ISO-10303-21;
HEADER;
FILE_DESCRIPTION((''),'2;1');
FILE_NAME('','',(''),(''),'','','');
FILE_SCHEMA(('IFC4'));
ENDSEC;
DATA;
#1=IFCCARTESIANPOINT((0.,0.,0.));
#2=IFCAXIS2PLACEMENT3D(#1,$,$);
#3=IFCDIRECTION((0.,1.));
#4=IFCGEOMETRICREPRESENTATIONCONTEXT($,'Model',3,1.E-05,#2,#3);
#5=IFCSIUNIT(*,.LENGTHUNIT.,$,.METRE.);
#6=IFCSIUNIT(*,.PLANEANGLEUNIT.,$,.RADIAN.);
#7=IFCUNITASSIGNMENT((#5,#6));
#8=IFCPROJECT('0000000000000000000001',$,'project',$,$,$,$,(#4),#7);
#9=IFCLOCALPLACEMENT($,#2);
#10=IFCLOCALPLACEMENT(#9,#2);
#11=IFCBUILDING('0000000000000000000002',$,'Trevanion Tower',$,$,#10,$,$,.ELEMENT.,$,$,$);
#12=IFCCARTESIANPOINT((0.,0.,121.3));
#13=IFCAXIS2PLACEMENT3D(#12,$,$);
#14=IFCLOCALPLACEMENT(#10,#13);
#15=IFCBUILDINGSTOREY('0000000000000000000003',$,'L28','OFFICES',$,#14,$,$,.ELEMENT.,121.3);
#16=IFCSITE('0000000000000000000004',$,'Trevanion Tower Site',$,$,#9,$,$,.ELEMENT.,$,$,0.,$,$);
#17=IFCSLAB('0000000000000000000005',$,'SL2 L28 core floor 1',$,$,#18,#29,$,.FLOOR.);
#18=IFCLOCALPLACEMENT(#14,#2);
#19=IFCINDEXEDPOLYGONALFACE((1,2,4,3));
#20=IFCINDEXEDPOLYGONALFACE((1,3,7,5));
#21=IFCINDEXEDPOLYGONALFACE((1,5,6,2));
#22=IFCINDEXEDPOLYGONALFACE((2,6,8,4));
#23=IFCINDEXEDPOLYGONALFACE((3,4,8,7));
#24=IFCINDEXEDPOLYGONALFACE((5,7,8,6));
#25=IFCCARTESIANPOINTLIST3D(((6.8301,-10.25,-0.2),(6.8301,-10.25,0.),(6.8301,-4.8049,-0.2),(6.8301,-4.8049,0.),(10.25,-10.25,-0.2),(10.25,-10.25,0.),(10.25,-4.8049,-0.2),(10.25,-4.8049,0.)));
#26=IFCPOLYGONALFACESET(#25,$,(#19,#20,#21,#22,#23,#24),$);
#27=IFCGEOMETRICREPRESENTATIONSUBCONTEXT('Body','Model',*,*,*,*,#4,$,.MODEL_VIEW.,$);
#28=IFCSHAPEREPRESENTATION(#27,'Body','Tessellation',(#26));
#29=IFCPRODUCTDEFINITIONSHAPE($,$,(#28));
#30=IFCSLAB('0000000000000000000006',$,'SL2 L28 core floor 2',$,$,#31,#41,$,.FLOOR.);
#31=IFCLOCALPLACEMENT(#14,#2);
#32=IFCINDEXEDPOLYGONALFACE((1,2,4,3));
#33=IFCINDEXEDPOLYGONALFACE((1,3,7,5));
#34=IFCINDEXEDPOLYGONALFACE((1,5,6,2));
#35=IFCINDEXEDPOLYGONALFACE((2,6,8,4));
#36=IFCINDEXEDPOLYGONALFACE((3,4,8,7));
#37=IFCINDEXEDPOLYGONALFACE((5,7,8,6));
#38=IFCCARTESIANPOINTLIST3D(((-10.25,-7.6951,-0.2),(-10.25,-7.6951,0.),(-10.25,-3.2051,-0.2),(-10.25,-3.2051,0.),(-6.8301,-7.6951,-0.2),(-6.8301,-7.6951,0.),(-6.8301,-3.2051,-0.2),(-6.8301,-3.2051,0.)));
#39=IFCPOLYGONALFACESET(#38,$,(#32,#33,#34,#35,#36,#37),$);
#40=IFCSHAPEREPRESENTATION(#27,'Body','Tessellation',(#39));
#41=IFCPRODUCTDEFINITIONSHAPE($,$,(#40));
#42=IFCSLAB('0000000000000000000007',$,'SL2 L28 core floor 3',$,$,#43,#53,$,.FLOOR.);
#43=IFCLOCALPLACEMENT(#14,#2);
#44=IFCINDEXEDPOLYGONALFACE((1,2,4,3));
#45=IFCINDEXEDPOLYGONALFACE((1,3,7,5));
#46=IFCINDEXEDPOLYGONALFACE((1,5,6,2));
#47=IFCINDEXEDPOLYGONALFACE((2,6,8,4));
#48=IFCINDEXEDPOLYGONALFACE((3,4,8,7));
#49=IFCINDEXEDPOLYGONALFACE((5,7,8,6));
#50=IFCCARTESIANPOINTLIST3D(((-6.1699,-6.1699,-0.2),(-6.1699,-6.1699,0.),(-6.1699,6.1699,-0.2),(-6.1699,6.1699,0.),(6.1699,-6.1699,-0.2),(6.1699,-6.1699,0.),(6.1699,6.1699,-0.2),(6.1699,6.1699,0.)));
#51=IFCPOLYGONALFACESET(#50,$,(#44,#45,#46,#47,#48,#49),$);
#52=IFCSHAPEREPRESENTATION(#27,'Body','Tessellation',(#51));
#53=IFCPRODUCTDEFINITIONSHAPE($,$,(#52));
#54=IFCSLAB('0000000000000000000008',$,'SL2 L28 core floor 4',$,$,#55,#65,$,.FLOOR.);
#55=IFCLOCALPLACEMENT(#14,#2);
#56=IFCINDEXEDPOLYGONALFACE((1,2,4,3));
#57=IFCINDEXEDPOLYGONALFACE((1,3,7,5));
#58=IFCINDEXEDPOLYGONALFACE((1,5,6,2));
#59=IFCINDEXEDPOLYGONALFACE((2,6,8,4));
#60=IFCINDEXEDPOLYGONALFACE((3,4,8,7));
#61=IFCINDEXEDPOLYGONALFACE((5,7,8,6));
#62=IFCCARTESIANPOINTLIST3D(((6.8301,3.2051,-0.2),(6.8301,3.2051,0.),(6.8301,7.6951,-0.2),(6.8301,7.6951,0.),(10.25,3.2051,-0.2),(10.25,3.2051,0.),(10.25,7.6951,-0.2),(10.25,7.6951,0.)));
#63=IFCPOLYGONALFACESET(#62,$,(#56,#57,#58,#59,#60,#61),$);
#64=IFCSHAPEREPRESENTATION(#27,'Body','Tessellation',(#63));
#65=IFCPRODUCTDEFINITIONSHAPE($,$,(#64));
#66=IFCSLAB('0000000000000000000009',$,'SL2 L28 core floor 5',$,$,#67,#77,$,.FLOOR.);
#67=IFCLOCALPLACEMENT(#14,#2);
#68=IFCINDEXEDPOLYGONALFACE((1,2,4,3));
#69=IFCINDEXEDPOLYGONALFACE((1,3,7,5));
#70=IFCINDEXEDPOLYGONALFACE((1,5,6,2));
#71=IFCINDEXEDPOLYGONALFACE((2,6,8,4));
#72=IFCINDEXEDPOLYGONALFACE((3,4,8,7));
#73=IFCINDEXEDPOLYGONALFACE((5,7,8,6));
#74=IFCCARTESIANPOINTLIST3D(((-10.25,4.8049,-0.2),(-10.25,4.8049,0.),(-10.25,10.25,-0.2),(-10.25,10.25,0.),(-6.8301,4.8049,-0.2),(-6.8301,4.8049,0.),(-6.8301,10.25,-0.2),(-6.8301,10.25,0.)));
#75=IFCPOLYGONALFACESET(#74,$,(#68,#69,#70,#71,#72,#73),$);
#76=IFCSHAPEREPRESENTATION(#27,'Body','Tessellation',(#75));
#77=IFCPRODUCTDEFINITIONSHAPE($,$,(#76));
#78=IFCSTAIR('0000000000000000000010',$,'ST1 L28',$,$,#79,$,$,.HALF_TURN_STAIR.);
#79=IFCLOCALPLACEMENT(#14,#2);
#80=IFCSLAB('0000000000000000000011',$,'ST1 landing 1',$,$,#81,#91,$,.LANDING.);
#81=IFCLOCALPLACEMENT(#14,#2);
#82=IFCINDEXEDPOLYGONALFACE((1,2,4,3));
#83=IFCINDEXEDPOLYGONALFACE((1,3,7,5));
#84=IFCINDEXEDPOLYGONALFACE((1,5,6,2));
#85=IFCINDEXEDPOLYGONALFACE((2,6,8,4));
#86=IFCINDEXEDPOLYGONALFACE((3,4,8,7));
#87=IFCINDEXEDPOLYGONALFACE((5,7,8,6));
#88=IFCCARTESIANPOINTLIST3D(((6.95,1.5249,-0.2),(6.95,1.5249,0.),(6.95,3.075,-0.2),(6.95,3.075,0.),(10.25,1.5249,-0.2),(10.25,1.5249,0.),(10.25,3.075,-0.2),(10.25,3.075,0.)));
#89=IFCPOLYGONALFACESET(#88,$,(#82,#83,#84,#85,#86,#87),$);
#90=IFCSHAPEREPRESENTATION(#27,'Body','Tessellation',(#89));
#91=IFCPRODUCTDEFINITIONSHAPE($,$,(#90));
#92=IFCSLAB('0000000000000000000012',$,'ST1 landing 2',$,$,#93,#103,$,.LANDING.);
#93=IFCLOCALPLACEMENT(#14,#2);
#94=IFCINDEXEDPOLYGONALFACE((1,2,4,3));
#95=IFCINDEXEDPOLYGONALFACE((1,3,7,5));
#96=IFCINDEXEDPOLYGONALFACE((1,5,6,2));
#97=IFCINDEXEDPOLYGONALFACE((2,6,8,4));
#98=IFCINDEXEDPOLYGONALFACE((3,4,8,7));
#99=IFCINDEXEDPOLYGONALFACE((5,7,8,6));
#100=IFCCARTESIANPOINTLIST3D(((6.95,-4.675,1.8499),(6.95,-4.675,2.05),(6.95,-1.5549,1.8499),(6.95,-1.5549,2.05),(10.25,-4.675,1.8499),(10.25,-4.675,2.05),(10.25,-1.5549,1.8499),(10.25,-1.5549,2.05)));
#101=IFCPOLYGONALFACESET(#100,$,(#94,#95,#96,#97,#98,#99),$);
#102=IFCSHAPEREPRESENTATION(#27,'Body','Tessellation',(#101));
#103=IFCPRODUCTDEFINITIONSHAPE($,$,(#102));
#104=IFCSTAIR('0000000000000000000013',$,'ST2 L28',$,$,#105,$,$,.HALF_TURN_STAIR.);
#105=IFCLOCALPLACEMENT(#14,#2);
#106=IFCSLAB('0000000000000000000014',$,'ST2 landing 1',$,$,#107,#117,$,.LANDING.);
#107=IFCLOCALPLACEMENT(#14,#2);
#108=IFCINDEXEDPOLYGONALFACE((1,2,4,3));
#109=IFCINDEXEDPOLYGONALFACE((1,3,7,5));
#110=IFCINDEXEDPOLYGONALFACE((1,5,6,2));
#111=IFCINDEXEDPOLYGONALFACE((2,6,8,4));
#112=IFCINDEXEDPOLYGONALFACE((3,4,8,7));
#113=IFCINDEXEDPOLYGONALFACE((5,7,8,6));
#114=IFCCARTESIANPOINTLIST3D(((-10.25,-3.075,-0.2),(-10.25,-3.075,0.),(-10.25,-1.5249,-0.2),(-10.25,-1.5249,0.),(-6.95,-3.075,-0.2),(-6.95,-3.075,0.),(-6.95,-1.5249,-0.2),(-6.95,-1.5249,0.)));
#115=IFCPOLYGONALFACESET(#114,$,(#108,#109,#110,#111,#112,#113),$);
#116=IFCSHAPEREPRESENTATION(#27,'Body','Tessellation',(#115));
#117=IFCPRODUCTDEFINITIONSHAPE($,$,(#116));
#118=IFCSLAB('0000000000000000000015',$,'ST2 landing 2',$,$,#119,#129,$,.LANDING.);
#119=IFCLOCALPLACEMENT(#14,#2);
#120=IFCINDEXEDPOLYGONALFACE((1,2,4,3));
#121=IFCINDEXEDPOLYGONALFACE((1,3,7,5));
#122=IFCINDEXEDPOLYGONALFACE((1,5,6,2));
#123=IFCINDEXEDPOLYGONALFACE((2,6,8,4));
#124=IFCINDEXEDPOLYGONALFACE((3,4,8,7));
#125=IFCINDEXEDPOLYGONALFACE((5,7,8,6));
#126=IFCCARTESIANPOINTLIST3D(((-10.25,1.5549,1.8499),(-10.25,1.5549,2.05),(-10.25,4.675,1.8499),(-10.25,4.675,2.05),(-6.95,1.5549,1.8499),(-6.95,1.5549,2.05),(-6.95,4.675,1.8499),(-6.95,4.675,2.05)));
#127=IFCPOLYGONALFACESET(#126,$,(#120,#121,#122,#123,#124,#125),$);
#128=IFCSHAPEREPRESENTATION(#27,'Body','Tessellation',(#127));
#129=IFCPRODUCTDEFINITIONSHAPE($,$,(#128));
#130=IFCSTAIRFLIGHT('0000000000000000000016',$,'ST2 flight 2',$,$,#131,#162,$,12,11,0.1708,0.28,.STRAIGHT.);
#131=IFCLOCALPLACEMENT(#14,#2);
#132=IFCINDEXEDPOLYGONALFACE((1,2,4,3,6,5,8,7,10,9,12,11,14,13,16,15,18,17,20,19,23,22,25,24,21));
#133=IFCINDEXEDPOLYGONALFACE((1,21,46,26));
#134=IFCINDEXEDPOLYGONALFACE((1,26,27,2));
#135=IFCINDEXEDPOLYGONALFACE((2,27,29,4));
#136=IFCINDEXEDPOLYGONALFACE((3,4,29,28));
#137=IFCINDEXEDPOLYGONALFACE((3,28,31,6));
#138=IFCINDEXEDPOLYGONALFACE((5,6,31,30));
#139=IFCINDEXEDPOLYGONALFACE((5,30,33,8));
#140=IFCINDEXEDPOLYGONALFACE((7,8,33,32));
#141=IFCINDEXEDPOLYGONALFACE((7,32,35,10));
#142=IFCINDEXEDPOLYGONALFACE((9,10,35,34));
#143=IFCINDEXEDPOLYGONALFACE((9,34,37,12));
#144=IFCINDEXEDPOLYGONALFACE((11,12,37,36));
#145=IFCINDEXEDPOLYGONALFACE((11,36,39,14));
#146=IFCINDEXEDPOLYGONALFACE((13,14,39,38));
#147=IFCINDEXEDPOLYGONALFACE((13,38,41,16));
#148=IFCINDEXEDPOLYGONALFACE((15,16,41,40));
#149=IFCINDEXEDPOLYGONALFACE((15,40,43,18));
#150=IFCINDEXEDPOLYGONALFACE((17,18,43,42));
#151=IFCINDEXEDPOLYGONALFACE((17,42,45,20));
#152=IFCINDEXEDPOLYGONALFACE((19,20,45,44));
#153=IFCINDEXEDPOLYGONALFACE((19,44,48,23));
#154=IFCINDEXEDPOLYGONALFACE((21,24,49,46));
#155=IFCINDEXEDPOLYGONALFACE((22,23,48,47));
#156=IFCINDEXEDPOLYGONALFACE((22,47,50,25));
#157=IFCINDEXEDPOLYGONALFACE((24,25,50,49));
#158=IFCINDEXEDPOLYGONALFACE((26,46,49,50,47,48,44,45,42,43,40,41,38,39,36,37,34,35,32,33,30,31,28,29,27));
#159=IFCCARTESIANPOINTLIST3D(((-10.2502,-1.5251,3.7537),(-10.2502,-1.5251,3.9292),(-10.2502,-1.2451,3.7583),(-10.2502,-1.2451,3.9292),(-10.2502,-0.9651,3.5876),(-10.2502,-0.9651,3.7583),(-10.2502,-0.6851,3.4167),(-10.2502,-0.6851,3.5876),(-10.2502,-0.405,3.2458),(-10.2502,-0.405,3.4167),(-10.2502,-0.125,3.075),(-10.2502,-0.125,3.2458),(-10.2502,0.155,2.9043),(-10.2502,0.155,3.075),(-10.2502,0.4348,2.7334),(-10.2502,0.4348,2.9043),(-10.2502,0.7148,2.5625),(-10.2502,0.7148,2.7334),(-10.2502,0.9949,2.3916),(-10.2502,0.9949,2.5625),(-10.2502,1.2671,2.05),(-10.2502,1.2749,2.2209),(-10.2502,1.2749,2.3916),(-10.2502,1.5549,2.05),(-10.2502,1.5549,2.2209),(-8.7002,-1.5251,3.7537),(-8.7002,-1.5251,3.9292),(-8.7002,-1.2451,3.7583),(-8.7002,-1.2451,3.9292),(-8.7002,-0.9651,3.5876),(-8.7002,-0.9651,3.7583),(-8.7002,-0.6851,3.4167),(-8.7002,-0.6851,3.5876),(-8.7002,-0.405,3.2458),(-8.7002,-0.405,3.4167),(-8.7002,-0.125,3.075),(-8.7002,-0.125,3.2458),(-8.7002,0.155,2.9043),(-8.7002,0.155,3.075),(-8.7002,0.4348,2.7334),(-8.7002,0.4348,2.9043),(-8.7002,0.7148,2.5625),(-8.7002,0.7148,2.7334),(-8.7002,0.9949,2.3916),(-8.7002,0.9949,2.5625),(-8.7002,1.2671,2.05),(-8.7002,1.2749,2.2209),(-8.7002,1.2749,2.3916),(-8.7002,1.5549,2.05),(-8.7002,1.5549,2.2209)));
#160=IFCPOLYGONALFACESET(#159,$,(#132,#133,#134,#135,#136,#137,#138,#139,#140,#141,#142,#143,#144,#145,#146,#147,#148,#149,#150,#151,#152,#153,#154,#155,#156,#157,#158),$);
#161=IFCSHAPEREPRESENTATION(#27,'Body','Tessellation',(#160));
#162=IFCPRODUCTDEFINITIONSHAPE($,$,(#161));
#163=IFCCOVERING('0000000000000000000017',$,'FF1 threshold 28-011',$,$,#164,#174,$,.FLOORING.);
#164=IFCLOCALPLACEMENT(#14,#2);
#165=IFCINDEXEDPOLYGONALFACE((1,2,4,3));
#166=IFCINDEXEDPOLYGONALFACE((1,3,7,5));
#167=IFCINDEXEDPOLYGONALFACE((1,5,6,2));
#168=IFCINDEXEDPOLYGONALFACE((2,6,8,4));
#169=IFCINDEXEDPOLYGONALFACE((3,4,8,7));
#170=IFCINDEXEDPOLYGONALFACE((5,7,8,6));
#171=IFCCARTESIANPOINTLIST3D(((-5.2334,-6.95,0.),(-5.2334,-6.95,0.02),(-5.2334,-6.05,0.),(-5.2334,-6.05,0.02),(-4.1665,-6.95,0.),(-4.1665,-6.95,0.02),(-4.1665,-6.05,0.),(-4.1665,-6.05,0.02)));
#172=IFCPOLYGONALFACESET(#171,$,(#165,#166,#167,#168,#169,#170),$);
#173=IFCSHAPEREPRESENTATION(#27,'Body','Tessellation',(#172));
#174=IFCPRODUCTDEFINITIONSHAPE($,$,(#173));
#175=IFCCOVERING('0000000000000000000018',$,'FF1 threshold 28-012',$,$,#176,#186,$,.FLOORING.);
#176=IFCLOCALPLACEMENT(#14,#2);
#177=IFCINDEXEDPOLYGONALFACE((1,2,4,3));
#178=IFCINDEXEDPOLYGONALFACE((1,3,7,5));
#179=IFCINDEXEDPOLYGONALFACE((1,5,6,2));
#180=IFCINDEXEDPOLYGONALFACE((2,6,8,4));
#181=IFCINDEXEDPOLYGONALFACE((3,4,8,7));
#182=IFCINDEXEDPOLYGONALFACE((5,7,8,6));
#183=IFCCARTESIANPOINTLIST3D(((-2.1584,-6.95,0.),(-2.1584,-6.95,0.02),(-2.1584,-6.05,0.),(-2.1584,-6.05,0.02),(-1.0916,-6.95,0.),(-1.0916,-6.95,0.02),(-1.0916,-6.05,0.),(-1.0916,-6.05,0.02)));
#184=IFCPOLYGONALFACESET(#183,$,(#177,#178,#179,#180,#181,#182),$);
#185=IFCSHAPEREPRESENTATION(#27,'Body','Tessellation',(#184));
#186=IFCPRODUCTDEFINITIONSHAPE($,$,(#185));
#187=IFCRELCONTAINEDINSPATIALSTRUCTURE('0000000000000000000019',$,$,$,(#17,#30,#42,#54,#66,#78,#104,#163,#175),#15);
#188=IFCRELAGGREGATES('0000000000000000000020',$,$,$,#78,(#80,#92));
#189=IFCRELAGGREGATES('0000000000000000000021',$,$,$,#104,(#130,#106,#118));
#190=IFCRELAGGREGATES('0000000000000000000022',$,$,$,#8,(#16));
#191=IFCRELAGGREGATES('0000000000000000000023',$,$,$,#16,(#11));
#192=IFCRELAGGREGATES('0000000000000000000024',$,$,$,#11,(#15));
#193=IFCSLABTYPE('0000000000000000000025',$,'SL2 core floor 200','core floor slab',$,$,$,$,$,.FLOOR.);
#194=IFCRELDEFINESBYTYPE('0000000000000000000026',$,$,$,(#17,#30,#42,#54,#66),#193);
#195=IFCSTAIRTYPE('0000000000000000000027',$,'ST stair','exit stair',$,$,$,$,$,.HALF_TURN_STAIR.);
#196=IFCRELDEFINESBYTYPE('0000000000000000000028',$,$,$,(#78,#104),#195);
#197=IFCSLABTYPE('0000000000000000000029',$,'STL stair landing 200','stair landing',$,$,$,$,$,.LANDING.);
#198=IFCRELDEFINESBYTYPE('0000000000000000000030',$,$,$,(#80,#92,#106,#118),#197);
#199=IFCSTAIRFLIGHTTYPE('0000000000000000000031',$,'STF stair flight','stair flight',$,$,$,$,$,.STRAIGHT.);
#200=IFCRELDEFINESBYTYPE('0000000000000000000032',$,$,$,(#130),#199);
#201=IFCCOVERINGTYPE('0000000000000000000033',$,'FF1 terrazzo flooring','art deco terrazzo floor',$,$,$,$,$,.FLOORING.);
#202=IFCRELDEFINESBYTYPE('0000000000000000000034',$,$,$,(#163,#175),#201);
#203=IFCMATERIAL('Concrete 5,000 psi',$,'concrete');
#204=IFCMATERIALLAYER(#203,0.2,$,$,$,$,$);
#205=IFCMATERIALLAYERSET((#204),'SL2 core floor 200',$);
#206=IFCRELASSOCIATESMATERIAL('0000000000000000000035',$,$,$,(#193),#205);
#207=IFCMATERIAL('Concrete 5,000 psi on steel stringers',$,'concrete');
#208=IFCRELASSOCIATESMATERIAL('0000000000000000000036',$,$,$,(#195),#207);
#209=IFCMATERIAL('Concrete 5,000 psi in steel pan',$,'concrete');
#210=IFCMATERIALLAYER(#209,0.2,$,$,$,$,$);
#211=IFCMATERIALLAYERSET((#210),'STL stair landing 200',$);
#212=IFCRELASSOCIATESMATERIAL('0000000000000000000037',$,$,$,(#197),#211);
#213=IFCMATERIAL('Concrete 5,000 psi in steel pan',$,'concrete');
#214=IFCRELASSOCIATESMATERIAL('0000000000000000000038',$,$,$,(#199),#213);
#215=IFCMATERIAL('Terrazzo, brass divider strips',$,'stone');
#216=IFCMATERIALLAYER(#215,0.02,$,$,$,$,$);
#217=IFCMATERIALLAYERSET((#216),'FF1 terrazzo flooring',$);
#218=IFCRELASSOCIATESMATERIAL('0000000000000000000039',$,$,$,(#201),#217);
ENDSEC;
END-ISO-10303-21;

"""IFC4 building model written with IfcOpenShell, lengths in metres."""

from ifc_helpers import new_model, si_unit, direction, frame, origin, place, context, subcontext, project, spatial, polyline, outline, extrude, material, layer, layer_set, type_object, element, aggregate, save


model = new_model("IFC4")

# Units and contexts
model_context = context("Model", 3, precision=1e-05, world=origin(), true_north=direction((0.0, 1.0)))
body_context = subcontext(model_context, "Body", "Model", "MODEL_VIEW")
ifc_project = project(units=[si_unit("LENGTHUNIT", "METRE"), si_unit("PLANEANGLEUNIT", "RADIAN")], contexts=[model_context])

# Site, building, storey
site_placement = place(None, origin())
site = spatial("IfcSite", under=ifc_project, at=site_placement, Name="Trevanion Tower Site", CompositionType="ELEMENT", RefElevation=0.0)
building_placement = place(site_placement, origin())
building = spatial("IfcBuilding", under=site, at=building_placement, Name="Trevanion Tower", CompositionType="ELEMENT")
storey_placement = place(building_placement, frame((0.0, 0.0, 121.3)))
storey = spatial("IfcBuildingStorey", under=building, at=storey_placement, Name="L28", Description="OFFICES", CompositionType="ELEMENT", Elevation=121.3)

# Slabs
ifc_material_1 = material(Name="Concrete 5,000 psi", Category="concrete")
ifc_layer_1 = layer(ifc_material_1, 0.2)
ifc_layer_set_1 = layer_set([ifc_layer_1], Name="SL2 core floor 200")
slab_type_1 = type_object("IfcSlabType", Name="SL2 core floor 200", Description="core floor slab", PredefinedType="FLOOR", material=ifc_layer_set_1)
slab_1_placement = place(storey_placement, frame((0.0, 0.0, -0.2)))
element("IfcSlab", 1, at=slab_1_placement, inside=storey, type_object=slab_type_1, Name="SL2 L28 core floor 1", PredefinedType="FLOOR", context=body_context, shape_type="SweptSolid", body=[
    extrude(outline(polyline([(10.25, -4.8049), (10.25, -10.25), (6.8301, -10.25), (6.8301, -4.8049), (10.25, -4.8049)])), origin(), (0.0, 0.0, 1.0), 0.2),
])
slab_2_placement = place(storey_placement, frame((0.0, 0.0, -0.2)))
element("IfcSlab", 2, at=slab_2_placement, inside=storey, type_object=slab_type_1, Name="SL2 L28 core floor 2", PredefinedType="FLOOR", context=body_context, shape_type="SweptSolid", body=[
    extrude(outline(polyline([(-6.8301, -3.2051), (-6.8301, -7.6951), (-10.25, -7.6951), (-10.25, -3.2051), (-6.8301, -3.2051)])), origin(), (0.0, 0.0, 1.0), 0.2),
])
slab_3_placement = place(storey_placement, frame((0.0, 0.0, -0.2)))
element("IfcSlab", 3, at=slab_3_placement, inside=storey, type_object=slab_type_1, Name="SL2 L28 core floor 3", PredefinedType="FLOOR", context=body_context, shape_type="SweptSolid", body=[
    extrude(outline(polyline([(6.1699, -6.1699), (-6.1699, -6.1699), (-6.1699, 6.1699), (6.1699, 6.1699), (6.1699, -6.1699)])), origin(), (0.0, 0.0, 1.0), 0.2),
])
slab_4_placement = place(storey_placement, frame((0.0, 0.0, -0.2)))
element("IfcSlab", 4, at=slab_4_placement, inside=storey, type_object=slab_type_1, Name="SL2 L28 core floor 4", PredefinedType="FLOOR", context=body_context, shape_type="SweptSolid", body=[
    extrude(outline(polyline([(6.8301, 3.2051), (6.8301, 7.6951), (10.25, 7.6951), (10.25, 3.2051), (6.8301, 3.2051)])), origin(), (0.0, 0.0, 1.0), 0.2),
])
slab_5_placement = place(storey_placement, frame((0.0, 0.0, -0.2)))
element("IfcSlab", 5, at=slab_5_placement, inside=storey, type_object=slab_type_1, Name="SL2 L28 core floor 5", PredefinedType="FLOOR", context=body_context, shape_type="SweptSolid", body=[
    extrude(outline(polyline([(-6.8301, 4.8049), (-10.25, 4.8049), (-10.25, 10.25), (-6.8301, 10.25), (-6.8301, 4.8049)])), origin(), (0.0, 0.0, 1.0), 0.2),
])

# Stair, slabs
ifc_material_2 = material(Name="Concrete 5,000 psi on steel stringers", Category="concrete")
stair_type = type_object("IfcStairType", Name="ST stair", Description="exit stair", PredefinedType="HALF_TURN_STAIR", material=ifc_material_2)
stair_1_placement = place(storey_placement, origin())
stair_1 = element("IfcStair", 6, at=stair_1_placement, inside=storey, type_object=stair_type, Name="ST1 L28", PredefinedType="HALF_TURN_STAIR")
ifc_material_3 = material(Name="Concrete 5,000 psi in steel pan", Category="concrete")
ifc_layer_2 = layer(ifc_material_3, 0.2)
ifc_layer_set_2 = layer_set([ifc_layer_2], Name="STL stair landing 200")
slab_type_2 = type_object("IfcSlabType", Name="STL stair landing 200", Description="stair landing", PredefinedType="LANDING", material=ifc_layer_set_2)
slab_6_placement = place(storey_placement, frame((0.0, 0.0, -0.2)))
slab_6 = element("IfcSlab", 7, at=slab_6_placement, type_object=slab_type_2, Name="ST1 landing 1", PredefinedType="LANDING", context=body_context, shape_type="SweptSolid", body=[
    extrude(outline(polyline([(6.95, 1.5249), (10.25, 1.5249), (10.25, 3.075), (6.95, 3.075), (6.95, 1.5249)])), origin(), (0.0, 0.0, 1.0), 0.2),
])
slab_7_placement = place(storey_placement, frame((0.0, 0.0, 1.8499)))
slab_7 = element("IfcSlab", 8, at=slab_7_placement, type_object=slab_type_2, Name="ST1 landing 2", PredefinedType="LANDING", context=body_context, shape_type="SweptSolid", body=[
    extrude(outline(polyline([(6.95, -4.675), (10.25, -4.675), (10.25, -1.5549), (6.95, -1.5549), (6.95, -4.675)])), origin(), (0.0, 0.0, 1.0), 0.2002),
])
aggregate(stair_1, [slab_6, slab_7])

# Stair, slabs, stair flight
stair_2_placement = place(storey_placement, origin())
stair_2 = element("IfcStair", 9, at=stair_2_placement, inside=storey, type_object=stair_type, Name="ST2 L28", PredefinedType="HALF_TURN_STAIR")
slab_8_placement = place(storey_placement, frame((0.0, 0.0, -0.2)))
slab_8 = element("IfcSlab", 10, at=slab_8_placement, type_object=slab_type_2, Name="ST2 landing 1", PredefinedType="LANDING", context=body_context, shape_type="SweptSolid", body=[
    extrude(outline(polyline([(-6.95, -1.5249), (-10.25, -1.5249), (-10.25, -3.075), (-6.95, -3.075), (-6.95, -1.5249)])), origin(), (0.0, 0.0, 1.0), 0.2),
])
slab_9_placement = place(storey_placement, frame((0.0, 0.0, 1.8499)))
slab_9 = element("IfcSlab", 11, at=slab_9_placement, type_object=slab_type_2, Name="ST2 landing 2", PredefinedType="LANDING", context=body_context, shape_type="SweptSolid", body=[
    extrude(outline(polyline([(-6.95, 4.675), (-10.25, 4.675), (-10.25, 1.5549), (-6.95, 1.5549), (-6.95, 4.675)])), origin(), (0.0, 0.0, 1.0), 0.2002),
])
ifc_material_4 = material(Name="Concrete 5,000 psi in steel pan", Category="concrete")
stair_flight_type = type_object("IfcStairFlightType", Name="STF stair flight", Description="stair flight", PredefinedType="STRAIGHT", material=ifc_material_4)
stair_flight_placement = place(storey_placement, frame((-9.4751, 1.5549, 2.05), z_axis=(0.0, 0.0, 1.0), x_axis=(0.0, -1.0, 0.0)))
stair_flight = element("IfcStairFlight", 12, at=stair_flight_placement, type_object=stair_flight_type, Name="ST2 flight 2", NumberOfRisers=12, NumberOfTreads=11, PredefinedType="STRAIGHT", RiserHeight=0.1708, TreadLength=0.28, context=body_context, shape_type="SweptSolid", body=[
    extrude(outline(polyline([(0.0, 0.0), (0.0, 0.1709), (0.28, 0.1709), (0.28, 0.3416), (0.5601, 0.3416), (0.5601, 0.5125), (0.8401, 0.5125), (0.8401, 0.6833), (1.1201, 0.6833), (1.1201, 0.8542), (1.3999, 0.8542), (1.3999, 1.0249), (1.6799, 1.0249), (1.6799, 1.1958), (1.96, 1.1958), (1.96, 1.3667), (2.24, 1.3667), (2.24, 1.5376), (2.52, 1.5376), (2.52, 1.7083), (2.8, 1.7083), (2.8, 1.8792), (3.0801, 1.8792), (3.0801, 2.05), (3.0801, 1.7036), (0.2878, 0.0), (0.0, 0.0)])), frame((0.0, 0.7749, 0.0), z_axis=(0.0, -1.0, 0.0), x_axis=(1.0, 0.0, 0.0)), (0.0, 0.0, 1.0), 1.55),
])
aggregate(stair_2, [stair_flight, slab_8, slab_9])

# Coverings
ifc_material_5 = material(Name="Terrazzo, brass divider strips", Category="stone")
ifc_layer_3 = layer(ifc_material_5, 0.02)
ifc_layer_set_3 = layer_set([ifc_layer_3], Name="FF1 terrazzo flooring")
covering_type = type_object("IfcCoveringType", Name="FF1 terrazzo flooring", Description="art deco terrazzo floor", PredefinedType="FLOORING", material=ifc_layer_set_3)
covering_1_placement = place(storey_placement, origin())
element("IfcCovering", 13, at=covering_1_placement, inside=storey, type_object=covering_type, Name="FF1 threshold 28-011", PredefinedType="FLOORING", context=body_context, shape_type="SweptSolid", body=[
    extrude(outline(polyline([(-5.2334, -6.95), (-4.1665, -6.95), (-4.1665, -6.05), (-5.2334, -6.05), (-5.2334, -6.95)])), origin(), (0.0, 0.0, 1.0), 0.02),
])
covering_2_placement = place(storey_placement, origin())
element("IfcCovering", 14, at=covering_2_placement, inside=storey, type_object=covering_type, Name="FF1 threshold 28-012", PredefinedType="FLOORING", context=body_context, shape_type="SweptSolid", body=[
    extrude(outline(polyline([(-2.1584, -6.95), (-1.0916, -6.95), (-1.0916, -6.05), (-2.1584, -6.05), (-2.1584, -6.95)])), origin(), (0.0, 0.0, 1.0), 0.02),
])

save(model, "model.ifc")
